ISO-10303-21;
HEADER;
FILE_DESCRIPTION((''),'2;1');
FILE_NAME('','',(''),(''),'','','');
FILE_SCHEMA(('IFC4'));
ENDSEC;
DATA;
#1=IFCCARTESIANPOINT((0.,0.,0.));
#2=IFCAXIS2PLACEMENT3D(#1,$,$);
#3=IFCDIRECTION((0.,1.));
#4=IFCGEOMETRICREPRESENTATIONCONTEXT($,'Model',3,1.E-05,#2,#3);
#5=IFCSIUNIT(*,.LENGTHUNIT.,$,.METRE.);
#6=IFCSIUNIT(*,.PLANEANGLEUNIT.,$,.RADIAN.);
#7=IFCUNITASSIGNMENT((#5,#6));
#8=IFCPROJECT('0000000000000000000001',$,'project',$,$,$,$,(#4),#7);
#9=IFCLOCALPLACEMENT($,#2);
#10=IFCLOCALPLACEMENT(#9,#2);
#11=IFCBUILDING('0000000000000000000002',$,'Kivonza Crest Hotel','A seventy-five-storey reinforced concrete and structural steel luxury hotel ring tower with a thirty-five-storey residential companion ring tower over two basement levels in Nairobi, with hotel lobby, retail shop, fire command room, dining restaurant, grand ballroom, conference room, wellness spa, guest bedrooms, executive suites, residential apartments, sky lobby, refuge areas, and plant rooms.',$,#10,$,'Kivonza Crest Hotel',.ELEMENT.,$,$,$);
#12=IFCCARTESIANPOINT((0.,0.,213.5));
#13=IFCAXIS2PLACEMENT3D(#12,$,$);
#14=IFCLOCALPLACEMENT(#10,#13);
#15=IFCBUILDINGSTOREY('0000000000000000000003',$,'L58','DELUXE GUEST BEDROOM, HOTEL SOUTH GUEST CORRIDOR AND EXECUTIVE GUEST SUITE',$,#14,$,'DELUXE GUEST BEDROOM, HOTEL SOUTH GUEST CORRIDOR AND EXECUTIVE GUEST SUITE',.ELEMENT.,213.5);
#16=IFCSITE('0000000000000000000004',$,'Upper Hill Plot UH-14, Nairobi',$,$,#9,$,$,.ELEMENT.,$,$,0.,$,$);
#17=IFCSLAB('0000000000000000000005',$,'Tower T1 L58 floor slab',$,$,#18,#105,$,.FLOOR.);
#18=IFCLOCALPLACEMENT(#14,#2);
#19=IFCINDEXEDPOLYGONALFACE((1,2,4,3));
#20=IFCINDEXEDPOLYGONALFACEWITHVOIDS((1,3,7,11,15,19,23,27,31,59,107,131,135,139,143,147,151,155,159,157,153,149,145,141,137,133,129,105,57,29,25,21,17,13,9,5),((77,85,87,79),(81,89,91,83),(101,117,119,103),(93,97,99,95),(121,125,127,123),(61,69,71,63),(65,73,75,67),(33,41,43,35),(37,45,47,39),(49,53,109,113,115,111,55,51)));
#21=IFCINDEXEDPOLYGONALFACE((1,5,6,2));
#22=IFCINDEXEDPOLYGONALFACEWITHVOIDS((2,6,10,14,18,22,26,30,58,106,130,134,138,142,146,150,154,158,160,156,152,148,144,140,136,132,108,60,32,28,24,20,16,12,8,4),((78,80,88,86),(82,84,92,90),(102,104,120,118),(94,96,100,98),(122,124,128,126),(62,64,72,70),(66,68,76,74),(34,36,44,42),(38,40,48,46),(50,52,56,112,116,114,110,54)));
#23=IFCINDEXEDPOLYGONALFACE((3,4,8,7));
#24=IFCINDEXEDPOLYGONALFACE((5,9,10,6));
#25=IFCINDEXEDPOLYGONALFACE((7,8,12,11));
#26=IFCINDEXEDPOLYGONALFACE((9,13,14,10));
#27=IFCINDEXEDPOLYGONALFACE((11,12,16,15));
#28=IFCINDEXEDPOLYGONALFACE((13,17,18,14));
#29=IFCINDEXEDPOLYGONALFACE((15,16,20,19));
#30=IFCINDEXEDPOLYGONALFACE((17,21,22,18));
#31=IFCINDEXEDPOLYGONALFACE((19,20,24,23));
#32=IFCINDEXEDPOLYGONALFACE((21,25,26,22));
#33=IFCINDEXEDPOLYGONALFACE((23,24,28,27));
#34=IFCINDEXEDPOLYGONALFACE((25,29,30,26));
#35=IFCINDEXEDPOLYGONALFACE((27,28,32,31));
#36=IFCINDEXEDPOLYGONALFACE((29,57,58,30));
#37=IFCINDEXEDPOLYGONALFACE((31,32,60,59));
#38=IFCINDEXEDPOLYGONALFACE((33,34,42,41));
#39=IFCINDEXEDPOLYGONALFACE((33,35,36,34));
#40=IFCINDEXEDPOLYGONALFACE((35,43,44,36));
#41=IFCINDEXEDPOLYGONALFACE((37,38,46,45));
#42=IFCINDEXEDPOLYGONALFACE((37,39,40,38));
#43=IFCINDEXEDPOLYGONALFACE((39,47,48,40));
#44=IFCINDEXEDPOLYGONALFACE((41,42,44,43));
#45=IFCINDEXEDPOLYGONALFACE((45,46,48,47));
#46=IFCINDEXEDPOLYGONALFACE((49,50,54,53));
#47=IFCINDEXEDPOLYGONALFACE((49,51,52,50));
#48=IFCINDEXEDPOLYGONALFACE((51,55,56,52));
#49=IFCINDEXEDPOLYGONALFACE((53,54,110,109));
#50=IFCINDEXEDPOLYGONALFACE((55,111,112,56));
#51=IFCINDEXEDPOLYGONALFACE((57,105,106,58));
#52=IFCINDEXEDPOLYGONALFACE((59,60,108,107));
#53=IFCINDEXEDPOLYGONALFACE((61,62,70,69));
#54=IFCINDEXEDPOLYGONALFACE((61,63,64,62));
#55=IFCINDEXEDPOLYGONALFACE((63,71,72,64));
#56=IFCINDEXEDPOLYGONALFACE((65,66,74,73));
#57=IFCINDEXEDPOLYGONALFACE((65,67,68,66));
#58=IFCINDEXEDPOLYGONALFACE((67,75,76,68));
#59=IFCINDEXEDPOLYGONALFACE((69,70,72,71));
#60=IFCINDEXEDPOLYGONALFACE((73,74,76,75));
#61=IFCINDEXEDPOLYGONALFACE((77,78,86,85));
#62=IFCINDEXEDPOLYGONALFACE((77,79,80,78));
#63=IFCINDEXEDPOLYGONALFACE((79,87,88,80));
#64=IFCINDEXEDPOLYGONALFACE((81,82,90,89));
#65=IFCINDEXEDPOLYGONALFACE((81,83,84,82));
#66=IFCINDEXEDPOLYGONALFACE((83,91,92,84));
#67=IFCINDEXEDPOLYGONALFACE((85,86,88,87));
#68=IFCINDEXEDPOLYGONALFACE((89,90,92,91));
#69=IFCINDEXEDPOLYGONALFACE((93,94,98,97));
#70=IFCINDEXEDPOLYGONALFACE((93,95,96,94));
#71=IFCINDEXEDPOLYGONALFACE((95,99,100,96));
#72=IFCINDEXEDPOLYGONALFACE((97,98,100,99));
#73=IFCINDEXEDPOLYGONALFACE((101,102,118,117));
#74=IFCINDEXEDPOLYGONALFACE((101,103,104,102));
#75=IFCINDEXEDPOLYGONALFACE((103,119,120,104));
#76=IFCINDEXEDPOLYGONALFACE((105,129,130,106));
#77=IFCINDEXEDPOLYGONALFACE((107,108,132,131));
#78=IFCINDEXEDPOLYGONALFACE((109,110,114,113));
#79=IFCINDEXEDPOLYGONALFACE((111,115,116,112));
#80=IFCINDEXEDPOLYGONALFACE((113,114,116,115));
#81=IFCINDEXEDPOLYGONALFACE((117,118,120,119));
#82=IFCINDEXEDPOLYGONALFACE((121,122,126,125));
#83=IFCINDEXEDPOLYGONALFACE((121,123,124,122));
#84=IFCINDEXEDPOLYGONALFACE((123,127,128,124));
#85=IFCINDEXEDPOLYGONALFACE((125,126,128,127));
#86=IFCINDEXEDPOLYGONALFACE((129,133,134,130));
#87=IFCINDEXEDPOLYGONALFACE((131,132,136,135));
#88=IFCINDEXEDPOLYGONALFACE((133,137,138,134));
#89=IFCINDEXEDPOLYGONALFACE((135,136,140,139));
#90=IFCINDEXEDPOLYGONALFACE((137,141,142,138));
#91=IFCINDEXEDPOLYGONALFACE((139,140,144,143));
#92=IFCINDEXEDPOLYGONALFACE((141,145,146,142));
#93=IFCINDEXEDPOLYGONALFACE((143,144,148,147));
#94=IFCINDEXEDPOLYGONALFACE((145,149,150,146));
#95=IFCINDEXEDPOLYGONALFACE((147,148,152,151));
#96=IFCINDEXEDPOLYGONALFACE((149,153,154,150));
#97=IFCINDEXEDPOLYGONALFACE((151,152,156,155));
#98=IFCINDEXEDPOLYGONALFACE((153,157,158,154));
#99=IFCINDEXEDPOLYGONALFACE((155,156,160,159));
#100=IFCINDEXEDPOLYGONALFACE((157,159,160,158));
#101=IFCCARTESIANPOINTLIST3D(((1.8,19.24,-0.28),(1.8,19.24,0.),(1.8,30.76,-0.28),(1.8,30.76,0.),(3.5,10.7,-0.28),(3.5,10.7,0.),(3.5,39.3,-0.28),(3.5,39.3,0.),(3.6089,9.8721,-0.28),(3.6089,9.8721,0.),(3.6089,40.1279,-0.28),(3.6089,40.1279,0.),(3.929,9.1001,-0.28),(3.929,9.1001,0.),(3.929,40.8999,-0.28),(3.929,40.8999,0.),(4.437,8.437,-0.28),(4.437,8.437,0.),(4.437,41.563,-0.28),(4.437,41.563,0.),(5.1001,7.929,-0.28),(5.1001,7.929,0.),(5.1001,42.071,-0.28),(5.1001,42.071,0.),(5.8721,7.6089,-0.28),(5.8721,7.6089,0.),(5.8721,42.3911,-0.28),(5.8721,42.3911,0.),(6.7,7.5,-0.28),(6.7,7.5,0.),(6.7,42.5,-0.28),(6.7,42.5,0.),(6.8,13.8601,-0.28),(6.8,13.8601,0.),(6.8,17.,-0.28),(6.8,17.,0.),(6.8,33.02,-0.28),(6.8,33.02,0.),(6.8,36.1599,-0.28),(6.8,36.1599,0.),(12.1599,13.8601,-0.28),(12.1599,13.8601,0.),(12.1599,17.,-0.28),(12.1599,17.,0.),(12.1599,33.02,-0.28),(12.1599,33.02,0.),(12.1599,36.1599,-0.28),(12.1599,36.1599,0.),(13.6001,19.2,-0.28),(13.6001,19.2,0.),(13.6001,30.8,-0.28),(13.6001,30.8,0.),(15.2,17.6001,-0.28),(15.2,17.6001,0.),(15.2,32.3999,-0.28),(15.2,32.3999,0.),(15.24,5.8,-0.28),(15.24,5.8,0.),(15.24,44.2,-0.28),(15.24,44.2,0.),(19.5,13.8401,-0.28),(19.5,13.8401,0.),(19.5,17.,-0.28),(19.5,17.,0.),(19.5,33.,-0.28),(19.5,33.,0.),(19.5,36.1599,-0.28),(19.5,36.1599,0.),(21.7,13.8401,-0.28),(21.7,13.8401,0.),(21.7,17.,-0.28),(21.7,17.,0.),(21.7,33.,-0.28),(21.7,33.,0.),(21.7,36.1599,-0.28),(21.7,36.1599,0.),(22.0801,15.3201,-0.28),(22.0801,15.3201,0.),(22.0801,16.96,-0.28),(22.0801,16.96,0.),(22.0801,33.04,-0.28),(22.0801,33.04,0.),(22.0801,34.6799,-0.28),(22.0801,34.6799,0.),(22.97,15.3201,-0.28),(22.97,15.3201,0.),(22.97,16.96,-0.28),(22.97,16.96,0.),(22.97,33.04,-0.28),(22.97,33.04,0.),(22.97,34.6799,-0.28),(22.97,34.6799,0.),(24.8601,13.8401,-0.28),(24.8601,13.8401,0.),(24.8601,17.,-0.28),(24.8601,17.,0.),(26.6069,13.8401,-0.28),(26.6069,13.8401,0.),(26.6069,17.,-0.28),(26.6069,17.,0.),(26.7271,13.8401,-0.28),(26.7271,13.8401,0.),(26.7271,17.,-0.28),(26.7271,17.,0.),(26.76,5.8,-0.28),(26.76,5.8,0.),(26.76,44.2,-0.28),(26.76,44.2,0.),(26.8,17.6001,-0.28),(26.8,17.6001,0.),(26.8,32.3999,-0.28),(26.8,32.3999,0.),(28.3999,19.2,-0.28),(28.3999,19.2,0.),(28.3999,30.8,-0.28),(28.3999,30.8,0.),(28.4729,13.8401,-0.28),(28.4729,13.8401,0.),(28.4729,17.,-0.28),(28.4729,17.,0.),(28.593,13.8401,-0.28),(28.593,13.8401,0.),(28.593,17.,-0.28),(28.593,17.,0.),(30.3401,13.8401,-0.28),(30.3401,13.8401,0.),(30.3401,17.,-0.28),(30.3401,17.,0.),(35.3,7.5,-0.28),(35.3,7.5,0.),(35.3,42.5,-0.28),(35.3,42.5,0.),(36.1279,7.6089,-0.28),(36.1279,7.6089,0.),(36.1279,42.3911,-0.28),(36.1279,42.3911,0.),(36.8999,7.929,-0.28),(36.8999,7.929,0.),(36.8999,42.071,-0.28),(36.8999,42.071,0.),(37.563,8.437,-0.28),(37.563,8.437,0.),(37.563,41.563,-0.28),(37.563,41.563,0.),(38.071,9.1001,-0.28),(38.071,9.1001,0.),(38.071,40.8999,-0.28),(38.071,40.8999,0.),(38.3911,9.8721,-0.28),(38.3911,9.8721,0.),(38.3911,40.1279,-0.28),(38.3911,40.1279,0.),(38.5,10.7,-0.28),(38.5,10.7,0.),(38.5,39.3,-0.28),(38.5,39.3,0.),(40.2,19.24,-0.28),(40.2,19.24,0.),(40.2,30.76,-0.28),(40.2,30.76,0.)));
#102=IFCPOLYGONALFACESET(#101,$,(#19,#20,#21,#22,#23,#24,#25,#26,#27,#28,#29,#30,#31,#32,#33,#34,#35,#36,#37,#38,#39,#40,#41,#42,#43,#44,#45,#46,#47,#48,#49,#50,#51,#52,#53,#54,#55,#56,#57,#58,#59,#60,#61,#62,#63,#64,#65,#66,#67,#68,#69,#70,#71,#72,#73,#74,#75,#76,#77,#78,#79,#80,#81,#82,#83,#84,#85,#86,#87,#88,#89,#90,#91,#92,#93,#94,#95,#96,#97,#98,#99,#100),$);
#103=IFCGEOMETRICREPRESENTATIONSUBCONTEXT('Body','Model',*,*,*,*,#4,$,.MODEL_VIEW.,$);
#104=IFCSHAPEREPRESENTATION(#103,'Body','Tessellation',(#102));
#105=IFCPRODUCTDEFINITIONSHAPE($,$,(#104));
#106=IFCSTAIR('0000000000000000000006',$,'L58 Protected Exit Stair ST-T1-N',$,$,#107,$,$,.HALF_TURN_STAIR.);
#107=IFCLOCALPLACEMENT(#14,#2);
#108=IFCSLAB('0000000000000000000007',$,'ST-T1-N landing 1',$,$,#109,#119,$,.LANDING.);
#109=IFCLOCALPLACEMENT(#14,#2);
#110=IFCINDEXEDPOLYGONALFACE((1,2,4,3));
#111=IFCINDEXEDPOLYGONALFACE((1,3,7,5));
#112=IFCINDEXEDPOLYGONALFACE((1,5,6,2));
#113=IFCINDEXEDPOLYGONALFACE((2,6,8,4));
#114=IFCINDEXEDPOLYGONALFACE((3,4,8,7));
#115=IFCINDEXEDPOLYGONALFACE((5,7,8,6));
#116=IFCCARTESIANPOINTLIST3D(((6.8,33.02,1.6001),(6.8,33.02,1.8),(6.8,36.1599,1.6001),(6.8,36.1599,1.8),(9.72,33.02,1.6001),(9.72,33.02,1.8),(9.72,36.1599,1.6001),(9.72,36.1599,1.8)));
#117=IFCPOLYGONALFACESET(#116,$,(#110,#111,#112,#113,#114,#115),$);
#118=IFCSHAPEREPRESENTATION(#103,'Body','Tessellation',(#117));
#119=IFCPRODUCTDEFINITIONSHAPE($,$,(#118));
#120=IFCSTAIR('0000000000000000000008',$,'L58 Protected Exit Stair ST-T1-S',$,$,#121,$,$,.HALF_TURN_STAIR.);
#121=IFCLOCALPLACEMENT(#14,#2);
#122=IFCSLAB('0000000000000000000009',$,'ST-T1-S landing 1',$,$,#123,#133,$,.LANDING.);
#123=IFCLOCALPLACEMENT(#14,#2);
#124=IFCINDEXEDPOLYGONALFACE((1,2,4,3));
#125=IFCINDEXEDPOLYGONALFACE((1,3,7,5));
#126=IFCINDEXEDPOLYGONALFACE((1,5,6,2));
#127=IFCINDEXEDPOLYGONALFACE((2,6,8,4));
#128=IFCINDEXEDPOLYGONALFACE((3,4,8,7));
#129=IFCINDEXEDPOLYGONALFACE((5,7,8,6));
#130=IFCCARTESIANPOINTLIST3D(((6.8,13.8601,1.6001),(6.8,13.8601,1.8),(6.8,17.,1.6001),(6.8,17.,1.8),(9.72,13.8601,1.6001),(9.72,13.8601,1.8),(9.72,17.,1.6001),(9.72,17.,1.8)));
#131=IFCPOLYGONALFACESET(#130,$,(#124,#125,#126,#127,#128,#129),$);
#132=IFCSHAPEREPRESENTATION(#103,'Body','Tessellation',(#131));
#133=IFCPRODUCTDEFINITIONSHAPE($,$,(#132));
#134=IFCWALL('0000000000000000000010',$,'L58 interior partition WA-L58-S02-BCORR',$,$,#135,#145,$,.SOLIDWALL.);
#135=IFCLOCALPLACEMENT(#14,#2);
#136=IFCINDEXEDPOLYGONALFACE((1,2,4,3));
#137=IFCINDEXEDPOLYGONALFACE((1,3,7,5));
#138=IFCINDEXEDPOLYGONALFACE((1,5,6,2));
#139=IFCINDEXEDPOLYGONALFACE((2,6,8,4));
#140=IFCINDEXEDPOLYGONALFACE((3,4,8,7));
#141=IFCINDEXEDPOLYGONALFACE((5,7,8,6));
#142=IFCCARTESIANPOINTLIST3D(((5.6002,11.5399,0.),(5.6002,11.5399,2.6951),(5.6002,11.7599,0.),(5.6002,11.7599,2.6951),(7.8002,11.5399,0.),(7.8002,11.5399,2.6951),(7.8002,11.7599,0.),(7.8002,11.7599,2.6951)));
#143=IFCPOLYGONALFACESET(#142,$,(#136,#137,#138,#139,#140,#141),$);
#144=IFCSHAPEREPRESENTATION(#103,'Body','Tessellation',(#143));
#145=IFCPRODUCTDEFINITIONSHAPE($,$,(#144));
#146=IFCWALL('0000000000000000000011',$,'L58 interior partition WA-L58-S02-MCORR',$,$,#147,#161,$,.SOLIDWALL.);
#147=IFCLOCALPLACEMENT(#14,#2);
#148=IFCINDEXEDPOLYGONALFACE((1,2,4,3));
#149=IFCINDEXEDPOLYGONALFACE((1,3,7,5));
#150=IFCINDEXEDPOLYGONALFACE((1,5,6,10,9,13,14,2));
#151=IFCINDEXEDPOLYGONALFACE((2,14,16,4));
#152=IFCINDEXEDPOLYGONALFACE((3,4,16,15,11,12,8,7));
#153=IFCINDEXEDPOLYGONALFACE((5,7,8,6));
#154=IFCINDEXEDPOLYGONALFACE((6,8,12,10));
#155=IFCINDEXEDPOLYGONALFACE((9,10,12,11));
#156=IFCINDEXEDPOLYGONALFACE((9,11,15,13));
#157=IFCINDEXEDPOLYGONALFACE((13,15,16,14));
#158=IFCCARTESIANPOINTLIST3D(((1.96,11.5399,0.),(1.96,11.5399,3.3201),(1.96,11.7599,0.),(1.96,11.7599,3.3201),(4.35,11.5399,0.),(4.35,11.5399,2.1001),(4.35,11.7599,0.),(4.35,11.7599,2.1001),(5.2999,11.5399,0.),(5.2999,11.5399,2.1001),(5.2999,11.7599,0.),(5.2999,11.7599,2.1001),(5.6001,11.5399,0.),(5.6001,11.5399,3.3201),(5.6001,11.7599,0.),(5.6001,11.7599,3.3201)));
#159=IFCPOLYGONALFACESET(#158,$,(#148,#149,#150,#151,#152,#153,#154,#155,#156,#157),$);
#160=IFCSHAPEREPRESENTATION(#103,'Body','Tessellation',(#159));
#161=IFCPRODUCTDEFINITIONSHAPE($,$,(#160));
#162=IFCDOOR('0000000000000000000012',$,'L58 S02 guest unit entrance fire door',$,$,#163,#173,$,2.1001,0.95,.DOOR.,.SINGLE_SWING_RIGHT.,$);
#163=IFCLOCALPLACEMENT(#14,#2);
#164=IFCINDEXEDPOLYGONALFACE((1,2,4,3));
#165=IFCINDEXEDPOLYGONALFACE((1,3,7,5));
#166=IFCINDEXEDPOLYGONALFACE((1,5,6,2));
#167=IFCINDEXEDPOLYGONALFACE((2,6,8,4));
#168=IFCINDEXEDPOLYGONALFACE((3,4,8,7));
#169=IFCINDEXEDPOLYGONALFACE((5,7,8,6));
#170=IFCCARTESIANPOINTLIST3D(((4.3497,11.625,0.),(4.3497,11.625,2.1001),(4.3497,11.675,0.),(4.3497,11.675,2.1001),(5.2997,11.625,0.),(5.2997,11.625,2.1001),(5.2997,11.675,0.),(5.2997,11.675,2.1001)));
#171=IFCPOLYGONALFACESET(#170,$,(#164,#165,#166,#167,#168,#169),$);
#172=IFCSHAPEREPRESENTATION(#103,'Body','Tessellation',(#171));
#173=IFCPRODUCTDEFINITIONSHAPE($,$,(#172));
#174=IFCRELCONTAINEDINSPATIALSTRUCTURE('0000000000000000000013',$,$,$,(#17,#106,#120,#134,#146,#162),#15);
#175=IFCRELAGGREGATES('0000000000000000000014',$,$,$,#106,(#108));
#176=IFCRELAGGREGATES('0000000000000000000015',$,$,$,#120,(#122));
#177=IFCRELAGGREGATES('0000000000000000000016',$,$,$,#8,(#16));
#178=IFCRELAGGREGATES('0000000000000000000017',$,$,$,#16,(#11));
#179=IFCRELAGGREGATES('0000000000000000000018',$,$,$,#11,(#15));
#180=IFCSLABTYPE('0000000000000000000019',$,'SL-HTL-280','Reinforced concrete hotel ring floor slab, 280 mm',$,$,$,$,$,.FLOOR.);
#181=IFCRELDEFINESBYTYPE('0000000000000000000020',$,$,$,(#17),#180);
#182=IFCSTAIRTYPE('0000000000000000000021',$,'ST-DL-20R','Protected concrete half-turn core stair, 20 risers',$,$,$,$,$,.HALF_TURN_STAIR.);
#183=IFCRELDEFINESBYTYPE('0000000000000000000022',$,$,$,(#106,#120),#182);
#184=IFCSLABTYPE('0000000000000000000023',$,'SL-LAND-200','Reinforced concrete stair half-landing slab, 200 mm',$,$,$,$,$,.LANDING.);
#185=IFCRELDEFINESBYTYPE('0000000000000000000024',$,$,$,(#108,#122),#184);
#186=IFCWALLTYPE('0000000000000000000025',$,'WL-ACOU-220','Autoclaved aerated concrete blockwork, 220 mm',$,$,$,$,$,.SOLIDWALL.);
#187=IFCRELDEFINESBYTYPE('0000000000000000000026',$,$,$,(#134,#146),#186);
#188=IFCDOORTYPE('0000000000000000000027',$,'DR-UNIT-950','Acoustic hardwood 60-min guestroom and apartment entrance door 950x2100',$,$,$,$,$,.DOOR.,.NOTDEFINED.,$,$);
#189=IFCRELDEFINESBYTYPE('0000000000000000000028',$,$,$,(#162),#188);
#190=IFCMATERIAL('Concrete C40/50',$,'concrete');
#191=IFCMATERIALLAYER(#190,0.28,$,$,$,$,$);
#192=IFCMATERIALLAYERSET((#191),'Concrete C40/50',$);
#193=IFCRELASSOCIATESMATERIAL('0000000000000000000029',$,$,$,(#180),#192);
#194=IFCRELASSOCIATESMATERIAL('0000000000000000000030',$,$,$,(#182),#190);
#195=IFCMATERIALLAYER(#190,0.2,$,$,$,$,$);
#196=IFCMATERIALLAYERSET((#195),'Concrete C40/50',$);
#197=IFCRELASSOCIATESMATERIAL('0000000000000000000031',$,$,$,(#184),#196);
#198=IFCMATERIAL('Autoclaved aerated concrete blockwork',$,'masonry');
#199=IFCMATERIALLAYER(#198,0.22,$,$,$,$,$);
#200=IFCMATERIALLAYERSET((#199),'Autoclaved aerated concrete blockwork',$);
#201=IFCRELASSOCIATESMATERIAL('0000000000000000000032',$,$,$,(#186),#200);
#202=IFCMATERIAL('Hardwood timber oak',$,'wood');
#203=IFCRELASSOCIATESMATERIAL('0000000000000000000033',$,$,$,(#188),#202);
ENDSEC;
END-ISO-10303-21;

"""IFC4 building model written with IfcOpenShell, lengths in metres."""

from ifc_helpers import new_model, si_unit, direction, frame, frame_2d, origin, place, context, subcontext, project, spatial, polyline, rectangle, outline, extrude, material, layer, layer_set, type_object, element, fill, aggregate, save


model = new_model("IFC4")

# Units and contexts
model_context = context("Model", 3, precision=1e-05, world=origin(), true_north=direction((0.0, 1.0)))
body_context = subcontext(model_context, "Body", "Model", "MODEL_VIEW")
ifc_project = project(units=[si_unit("LENGTHUNIT", "METRE"), si_unit("PLANEANGLEUNIT", "RADIAN")], contexts=[model_context])

# Site, building, storey
site_placement = place(None, origin())
site = spatial("IfcSite", under=ifc_project, at=site_placement, Name="Upper Hill Plot UH-14, Nairobi", CompositionType="ELEMENT", RefElevation=0.0)
building_placement = place(site_placement, origin())
building = spatial("IfcBuilding", under=site, at=building_placement, Name="Kivonza Crest Hotel", Description="A seventy-five-storey reinforced concrete and structural steel luxury hotel ring tower with a thirty-five-storey residential companion ring tower over two basement levels in Nairobi, with hotel lobby, retail shop, fire command room, dining restaurant, grand ballroom, conference room, wellness spa, guest bedrooms, executive suites, residential apartments, sky lobby, refuge areas, and plant rooms.", LongName="Kivonza Crest Hotel", CompositionType="ELEMENT")
storey_placement = place(building_placement, frame((0.0, 0.0, 213.5)))
storey = spatial("IfcBuildingStorey", under=building, at=storey_placement, Name="L58", Description="DELUXE GUEST BEDROOM, HOTEL SOUTH GUEST CORRIDOR AND EXECUTIVE GUEST SUITE", LongName="DELUXE GUEST BEDROOM, HOTEL SOUTH GUEST CORRIDOR AND EXECUTIVE GUEST SUITE", CompositionType="ELEMENT", Elevation=213.5)

# Slab
ifc_material_1 = material(Name="Concrete C40/50", Category="concrete")
ifc_layer_1 = layer(ifc_material_1, 0.28)
ifc_layer_set_1 = layer_set([ifc_layer_1], Name="Concrete C40/50")
slab_type_1 = type_object("IfcSlabType", Name="SL-HTL-280", Description="Reinforced concrete hotel ring floor slab, 280 mm", PredefinedType="FLOOR", material=ifc_layer_set_1)
slab_1_placement = place(storey_placement, frame((0.0, 0.0, -0.28)))
element("IfcSlab", 1, at=slab_1_placement, inside=storey, type_object=slab_type_1, Name="Tower T1 L58 floor slab", PredefinedType="FLOOR", context=body_context, shape_type="SweptSolid", body=[
    extrude(outline(polyline([(3.5, 10.7), (3.6089, 9.8721), (3.929, 9.1001), (4.437, 8.437), (5.1001, 7.929), (5.8721, 7.6089), (6.7, 7.5), (15.24, 5.8), (26.76, 5.8), (35.3, 7.5), (36.1279, 7.6089), (36.8999, 7.929), (37.563, 8.437), (38.071, 9.1001), (38.3911, 9.8721), (38.5, 10.7), (40.2, 19.24), (40.2, 30.76), (38.5, 39.3), (38.3911, 40.1279), (38.071, 40.8999), (37.563, 41.563), (36.8999, 42.071), (36.1279, 42.3911), (35.3, 42.5), (26.76, 44.2), (15.24, 44.2), (6.7, 42.5), (5.8721, 42.3911), (5.1001, 42.071), (4.437, 41.563), (3.929, 40.8999), (3.6089, 40.1279), (3.5, 39.3), (1.8, 30.76), (1.8, 19.24), (3.5, 10.7)]), holes=[polyline([(15.2, 17.6001), (26.8, 17.6001), (28.3999, 19.2), (28.3999, 30.8), (26.8, 32.3999), (15.2, 32.3999), (13.6001, 30.8), (13.6001, 19.2), (15.2, 17.6001)]), polyline([(6.8, 33.02), (12.1599, 33.02), (12.1599, 36.1599), (6.8, 36.1599), (6.8, 33.02)]), polyline([(6.8, 13.8601), (12.1599, 13.8601), (12.1599, 17.0), (6.8, 17.0), (6.8, 13.8601)]), polyline([(22.0801, 33.04), (22.97, 33.04), (22.97, 34.6799), (22.0801, 34.6799), (22.0801, 33.04)]), polyline([(22.0801, 15.3201), (22.97, 15.3201), (22.97, 16.96), (22.0801, 16.96), (22.0801, 15.3201)]), polyline([(19.5, 33.0), (21.7, 33.0), (21.7, 36.1599), (19.5, 36.1599), (19.5, 33.0)]), polyline([(19.5, 13.8401), (21.7, 13.8401), (21.7, 17.0), (19.5, 17.0), (19.5, 13.8401)]), polyline([(24.8601, 13.8401), (26.6069, 13.8401), (26.6069, 17.0), (24.8601, 17.0), (24.8601, 13.8401)]), polyline([(26.7271, 13.8401), (28.4729, 13.8401), (28.4729, 17.0), (26.7271, 17.0), (26.7271, 13.8401)]), polyline([(28.593, 13.8401), (30.3401, 13.8401), (30.3401, 17.0), (28.593, 17.0), (28.593, 13.8401)])]), origin(), (0.0, 0.0, 1.0), 0.28),
])

# Stairs, slabs
stair_type = type_object("IfcStairType", Name="ST-DL-20R", Description="Protected concrete half-turn core stair, 20 risers", PredefinedType="HALF_TURN_STAIR", material=ifc_material_1)
stair_1_placement = place(storey_placement, origin())
stair_1 = element("IfcStair", 2, at=stair_1_placement, inside=storey, type_object=stair_type, Name="L58 Protected Exit Stair ST-T1-N", PredefinedType="HALF_TURN_STAIR")
ifc_layer_2 = layer(ifc_material_1, 0.2)
ifc_layer_set_2 = layer_set([ifc_layer_2], Name="Concrete C40/50")
slab_type_2 = type_object("IfcSlabType", Name="SL-LAND-200", Description="Reinforced concrete stair half-landing slab, 200 mm", PredefinedType="LANDING", material=ifc_layer_set_2)
slab_2_placement = place(storey_placement, frame((0.0, 0.0, 1.6001)))
slab_2 = element("IfcSlab", 3, at=slab_2_placement, type_object=slab_type_2, Name="ST-T1-N landing 1", PredefinedType="LANDING", context=body_context, shape_type="SweptSolid", body=[
    extrude(outline(polyline([(9.72, 36.1599), (6.8, 36.1599), (6.8, 33.02), (9.72, 33.02), (9.72, 36.1599)])), origin(), (0.0, 0.0, 1.0), 0.2),
])
aggregate(stair_1, [slab_2])
stair_2_placement = place(storey_placement, origin())
stair_2 = element("IfcStair", 4, at=stair_2_placement, inside=storey, type_object=stair_type, Name="L58 Protected Exit Stair ST-T1-S", PredefinedType="HALF_TURN_STAIR")
slab_3_placement = place(storey_placement, frame((0.0, 0.0, 1.6001)))
slab_3 = element("IfcSlab", 5, at=slab_3_placement, type_object=slab_type_2, Name="ST-T1-S landing 1", PredefinedType="LANDING", context=body_context, shape_type="SweptSolid", body=[
    extrude(outline(polyline([(9.72, 17.0), (6.8, 17.0), (6.8, 13.8601), (9.72, 13.8601), (9.72, 17.0)])), origin(), (0.0, 0.0, 1.0), 0.2),
])
aggregate(stair_2, [slab_3])

# Wall
ifc_material_2 = material(Name="Autoclaved aerated concrete blockwork", Category="masonry")
ifc_layer_3 = layer(ifc_material_2, 0.22)
ifc_layer_set_3 = layer_set([ifc_layer_3], Name="Autoclaved aerated concrete blockwork")
wall_type_1 = type_object("IfcWallType", Name="WL-ACOU-220", Description="Autoclaved aerated concrete blockwork, 220 mm", PredefinedType="SOLIDWALL", material=ifc_layer_set_3)
wall_1_placement = place(storey_placement, frame((5.6001, 11.6499, 0.0), z_axis=(0.0, 0.0, 1.0), x_axis=(1.0, 0.0, 0.0)))
element("IfcWall", 6, at=wall_1_placement, inside=storey, type_object=wall_type_1, Name="L58 interior partition WA-L58-S02-BCORR", PredefinedType="SOLIDWALL", context=body_context, shape_type="SweptSolid", body=[
    extrude(rectangle(XDim=2.2, YDim=0.22, at=frame_2d((1.1001, 0.0))), origin(), (0.0, 0.0, 1.0), 2.6951),
])

# Wall, opening, door
wall_2_placement = place(storey_placement, frame((1.96, 11.6499, 0.0), z_axis=(0.0, 0.0, 1.0), x_axis=(1.0, 0.0, 0.0)))
wall_2 = element("IfcWall", 7, at=wall_2_placement, inside=storey, type_object=wall_type_1, Name="L58 interior partition WA-L58-S02-MCORR", PredefinedType="SOLIDWALL", context=body_context, shape_type="SweptSolid", body=[
    extrude(rectangle(XDim=3.6401, YDim=0.22, at=frame_2d((1.8201, 0.0))), origin(), (0.0, 0.0, 1.0), 3.3201),
])
opening_1_placement = place(wall_2_placement, frame((2.3899, 0.0, 0.0)))
opening_1 = element("IfcOpeningElement", 8, at=opening_1_placement, cuts=wall_2, PredefinedType="OPENING", context=body_context, shape_type="SweptSolid", body=[
    extrude(rectangle(XDim=0.95, YDim=2.1001, at=frame_2d((0.4751, 1.05))), frame((0.0, 0.1201, 0.0), z_axis=(0.0, -1.0, 0.0), x_axis=(1.0, 0.0, 0.0)), (0.0, 0.0, 1.0), 0.24),
])
ifc_material_3 = material(Name="Hardwood timber oak", Category="wood")
door_type_1 = type_object("IfcDoorType", Name="DR-UNIT-950", Description="Acoustic hardwood 60-min guestroom and apartment entrance door 950x2100", OperationType="NOTDEFINED", PredefinedType="DOOR", material=ifc_material_3)
door_1_placement = place(opening_1_placement, frame((0.95, 0.0, 0.0), z_axis=(0.0, 0.0, 1.0), x_axis=(-1.0, 0.0, 0.0)))
door_1 = element("IfcDoor", 9, at=door_1_placement, inside=storey, type_object=door_type_1, Name="L58 S02 guest unit entrance fire door", OperationType="SINGLE_SWING_RIGHT", OverallHeight=2.1001, OverallWidth=0.95, PredefinedType="DOOR", context=body_context, shape_type="SweptSolid", body=[
    extrude(rectangle(XDim=0.95, YDim=2.1001, at=frame_2d((0.4751, 1.05))), frame((0.0, 0.0249, 0.0), z_axis=(0.0, -1.0, 0.0), x_axis=(1.0, 0.0, 0.0)), (0.0, 0.0, 1.0), 0.05),
])
fill(opening_1, door_1)

save(model, "model.ifc")
